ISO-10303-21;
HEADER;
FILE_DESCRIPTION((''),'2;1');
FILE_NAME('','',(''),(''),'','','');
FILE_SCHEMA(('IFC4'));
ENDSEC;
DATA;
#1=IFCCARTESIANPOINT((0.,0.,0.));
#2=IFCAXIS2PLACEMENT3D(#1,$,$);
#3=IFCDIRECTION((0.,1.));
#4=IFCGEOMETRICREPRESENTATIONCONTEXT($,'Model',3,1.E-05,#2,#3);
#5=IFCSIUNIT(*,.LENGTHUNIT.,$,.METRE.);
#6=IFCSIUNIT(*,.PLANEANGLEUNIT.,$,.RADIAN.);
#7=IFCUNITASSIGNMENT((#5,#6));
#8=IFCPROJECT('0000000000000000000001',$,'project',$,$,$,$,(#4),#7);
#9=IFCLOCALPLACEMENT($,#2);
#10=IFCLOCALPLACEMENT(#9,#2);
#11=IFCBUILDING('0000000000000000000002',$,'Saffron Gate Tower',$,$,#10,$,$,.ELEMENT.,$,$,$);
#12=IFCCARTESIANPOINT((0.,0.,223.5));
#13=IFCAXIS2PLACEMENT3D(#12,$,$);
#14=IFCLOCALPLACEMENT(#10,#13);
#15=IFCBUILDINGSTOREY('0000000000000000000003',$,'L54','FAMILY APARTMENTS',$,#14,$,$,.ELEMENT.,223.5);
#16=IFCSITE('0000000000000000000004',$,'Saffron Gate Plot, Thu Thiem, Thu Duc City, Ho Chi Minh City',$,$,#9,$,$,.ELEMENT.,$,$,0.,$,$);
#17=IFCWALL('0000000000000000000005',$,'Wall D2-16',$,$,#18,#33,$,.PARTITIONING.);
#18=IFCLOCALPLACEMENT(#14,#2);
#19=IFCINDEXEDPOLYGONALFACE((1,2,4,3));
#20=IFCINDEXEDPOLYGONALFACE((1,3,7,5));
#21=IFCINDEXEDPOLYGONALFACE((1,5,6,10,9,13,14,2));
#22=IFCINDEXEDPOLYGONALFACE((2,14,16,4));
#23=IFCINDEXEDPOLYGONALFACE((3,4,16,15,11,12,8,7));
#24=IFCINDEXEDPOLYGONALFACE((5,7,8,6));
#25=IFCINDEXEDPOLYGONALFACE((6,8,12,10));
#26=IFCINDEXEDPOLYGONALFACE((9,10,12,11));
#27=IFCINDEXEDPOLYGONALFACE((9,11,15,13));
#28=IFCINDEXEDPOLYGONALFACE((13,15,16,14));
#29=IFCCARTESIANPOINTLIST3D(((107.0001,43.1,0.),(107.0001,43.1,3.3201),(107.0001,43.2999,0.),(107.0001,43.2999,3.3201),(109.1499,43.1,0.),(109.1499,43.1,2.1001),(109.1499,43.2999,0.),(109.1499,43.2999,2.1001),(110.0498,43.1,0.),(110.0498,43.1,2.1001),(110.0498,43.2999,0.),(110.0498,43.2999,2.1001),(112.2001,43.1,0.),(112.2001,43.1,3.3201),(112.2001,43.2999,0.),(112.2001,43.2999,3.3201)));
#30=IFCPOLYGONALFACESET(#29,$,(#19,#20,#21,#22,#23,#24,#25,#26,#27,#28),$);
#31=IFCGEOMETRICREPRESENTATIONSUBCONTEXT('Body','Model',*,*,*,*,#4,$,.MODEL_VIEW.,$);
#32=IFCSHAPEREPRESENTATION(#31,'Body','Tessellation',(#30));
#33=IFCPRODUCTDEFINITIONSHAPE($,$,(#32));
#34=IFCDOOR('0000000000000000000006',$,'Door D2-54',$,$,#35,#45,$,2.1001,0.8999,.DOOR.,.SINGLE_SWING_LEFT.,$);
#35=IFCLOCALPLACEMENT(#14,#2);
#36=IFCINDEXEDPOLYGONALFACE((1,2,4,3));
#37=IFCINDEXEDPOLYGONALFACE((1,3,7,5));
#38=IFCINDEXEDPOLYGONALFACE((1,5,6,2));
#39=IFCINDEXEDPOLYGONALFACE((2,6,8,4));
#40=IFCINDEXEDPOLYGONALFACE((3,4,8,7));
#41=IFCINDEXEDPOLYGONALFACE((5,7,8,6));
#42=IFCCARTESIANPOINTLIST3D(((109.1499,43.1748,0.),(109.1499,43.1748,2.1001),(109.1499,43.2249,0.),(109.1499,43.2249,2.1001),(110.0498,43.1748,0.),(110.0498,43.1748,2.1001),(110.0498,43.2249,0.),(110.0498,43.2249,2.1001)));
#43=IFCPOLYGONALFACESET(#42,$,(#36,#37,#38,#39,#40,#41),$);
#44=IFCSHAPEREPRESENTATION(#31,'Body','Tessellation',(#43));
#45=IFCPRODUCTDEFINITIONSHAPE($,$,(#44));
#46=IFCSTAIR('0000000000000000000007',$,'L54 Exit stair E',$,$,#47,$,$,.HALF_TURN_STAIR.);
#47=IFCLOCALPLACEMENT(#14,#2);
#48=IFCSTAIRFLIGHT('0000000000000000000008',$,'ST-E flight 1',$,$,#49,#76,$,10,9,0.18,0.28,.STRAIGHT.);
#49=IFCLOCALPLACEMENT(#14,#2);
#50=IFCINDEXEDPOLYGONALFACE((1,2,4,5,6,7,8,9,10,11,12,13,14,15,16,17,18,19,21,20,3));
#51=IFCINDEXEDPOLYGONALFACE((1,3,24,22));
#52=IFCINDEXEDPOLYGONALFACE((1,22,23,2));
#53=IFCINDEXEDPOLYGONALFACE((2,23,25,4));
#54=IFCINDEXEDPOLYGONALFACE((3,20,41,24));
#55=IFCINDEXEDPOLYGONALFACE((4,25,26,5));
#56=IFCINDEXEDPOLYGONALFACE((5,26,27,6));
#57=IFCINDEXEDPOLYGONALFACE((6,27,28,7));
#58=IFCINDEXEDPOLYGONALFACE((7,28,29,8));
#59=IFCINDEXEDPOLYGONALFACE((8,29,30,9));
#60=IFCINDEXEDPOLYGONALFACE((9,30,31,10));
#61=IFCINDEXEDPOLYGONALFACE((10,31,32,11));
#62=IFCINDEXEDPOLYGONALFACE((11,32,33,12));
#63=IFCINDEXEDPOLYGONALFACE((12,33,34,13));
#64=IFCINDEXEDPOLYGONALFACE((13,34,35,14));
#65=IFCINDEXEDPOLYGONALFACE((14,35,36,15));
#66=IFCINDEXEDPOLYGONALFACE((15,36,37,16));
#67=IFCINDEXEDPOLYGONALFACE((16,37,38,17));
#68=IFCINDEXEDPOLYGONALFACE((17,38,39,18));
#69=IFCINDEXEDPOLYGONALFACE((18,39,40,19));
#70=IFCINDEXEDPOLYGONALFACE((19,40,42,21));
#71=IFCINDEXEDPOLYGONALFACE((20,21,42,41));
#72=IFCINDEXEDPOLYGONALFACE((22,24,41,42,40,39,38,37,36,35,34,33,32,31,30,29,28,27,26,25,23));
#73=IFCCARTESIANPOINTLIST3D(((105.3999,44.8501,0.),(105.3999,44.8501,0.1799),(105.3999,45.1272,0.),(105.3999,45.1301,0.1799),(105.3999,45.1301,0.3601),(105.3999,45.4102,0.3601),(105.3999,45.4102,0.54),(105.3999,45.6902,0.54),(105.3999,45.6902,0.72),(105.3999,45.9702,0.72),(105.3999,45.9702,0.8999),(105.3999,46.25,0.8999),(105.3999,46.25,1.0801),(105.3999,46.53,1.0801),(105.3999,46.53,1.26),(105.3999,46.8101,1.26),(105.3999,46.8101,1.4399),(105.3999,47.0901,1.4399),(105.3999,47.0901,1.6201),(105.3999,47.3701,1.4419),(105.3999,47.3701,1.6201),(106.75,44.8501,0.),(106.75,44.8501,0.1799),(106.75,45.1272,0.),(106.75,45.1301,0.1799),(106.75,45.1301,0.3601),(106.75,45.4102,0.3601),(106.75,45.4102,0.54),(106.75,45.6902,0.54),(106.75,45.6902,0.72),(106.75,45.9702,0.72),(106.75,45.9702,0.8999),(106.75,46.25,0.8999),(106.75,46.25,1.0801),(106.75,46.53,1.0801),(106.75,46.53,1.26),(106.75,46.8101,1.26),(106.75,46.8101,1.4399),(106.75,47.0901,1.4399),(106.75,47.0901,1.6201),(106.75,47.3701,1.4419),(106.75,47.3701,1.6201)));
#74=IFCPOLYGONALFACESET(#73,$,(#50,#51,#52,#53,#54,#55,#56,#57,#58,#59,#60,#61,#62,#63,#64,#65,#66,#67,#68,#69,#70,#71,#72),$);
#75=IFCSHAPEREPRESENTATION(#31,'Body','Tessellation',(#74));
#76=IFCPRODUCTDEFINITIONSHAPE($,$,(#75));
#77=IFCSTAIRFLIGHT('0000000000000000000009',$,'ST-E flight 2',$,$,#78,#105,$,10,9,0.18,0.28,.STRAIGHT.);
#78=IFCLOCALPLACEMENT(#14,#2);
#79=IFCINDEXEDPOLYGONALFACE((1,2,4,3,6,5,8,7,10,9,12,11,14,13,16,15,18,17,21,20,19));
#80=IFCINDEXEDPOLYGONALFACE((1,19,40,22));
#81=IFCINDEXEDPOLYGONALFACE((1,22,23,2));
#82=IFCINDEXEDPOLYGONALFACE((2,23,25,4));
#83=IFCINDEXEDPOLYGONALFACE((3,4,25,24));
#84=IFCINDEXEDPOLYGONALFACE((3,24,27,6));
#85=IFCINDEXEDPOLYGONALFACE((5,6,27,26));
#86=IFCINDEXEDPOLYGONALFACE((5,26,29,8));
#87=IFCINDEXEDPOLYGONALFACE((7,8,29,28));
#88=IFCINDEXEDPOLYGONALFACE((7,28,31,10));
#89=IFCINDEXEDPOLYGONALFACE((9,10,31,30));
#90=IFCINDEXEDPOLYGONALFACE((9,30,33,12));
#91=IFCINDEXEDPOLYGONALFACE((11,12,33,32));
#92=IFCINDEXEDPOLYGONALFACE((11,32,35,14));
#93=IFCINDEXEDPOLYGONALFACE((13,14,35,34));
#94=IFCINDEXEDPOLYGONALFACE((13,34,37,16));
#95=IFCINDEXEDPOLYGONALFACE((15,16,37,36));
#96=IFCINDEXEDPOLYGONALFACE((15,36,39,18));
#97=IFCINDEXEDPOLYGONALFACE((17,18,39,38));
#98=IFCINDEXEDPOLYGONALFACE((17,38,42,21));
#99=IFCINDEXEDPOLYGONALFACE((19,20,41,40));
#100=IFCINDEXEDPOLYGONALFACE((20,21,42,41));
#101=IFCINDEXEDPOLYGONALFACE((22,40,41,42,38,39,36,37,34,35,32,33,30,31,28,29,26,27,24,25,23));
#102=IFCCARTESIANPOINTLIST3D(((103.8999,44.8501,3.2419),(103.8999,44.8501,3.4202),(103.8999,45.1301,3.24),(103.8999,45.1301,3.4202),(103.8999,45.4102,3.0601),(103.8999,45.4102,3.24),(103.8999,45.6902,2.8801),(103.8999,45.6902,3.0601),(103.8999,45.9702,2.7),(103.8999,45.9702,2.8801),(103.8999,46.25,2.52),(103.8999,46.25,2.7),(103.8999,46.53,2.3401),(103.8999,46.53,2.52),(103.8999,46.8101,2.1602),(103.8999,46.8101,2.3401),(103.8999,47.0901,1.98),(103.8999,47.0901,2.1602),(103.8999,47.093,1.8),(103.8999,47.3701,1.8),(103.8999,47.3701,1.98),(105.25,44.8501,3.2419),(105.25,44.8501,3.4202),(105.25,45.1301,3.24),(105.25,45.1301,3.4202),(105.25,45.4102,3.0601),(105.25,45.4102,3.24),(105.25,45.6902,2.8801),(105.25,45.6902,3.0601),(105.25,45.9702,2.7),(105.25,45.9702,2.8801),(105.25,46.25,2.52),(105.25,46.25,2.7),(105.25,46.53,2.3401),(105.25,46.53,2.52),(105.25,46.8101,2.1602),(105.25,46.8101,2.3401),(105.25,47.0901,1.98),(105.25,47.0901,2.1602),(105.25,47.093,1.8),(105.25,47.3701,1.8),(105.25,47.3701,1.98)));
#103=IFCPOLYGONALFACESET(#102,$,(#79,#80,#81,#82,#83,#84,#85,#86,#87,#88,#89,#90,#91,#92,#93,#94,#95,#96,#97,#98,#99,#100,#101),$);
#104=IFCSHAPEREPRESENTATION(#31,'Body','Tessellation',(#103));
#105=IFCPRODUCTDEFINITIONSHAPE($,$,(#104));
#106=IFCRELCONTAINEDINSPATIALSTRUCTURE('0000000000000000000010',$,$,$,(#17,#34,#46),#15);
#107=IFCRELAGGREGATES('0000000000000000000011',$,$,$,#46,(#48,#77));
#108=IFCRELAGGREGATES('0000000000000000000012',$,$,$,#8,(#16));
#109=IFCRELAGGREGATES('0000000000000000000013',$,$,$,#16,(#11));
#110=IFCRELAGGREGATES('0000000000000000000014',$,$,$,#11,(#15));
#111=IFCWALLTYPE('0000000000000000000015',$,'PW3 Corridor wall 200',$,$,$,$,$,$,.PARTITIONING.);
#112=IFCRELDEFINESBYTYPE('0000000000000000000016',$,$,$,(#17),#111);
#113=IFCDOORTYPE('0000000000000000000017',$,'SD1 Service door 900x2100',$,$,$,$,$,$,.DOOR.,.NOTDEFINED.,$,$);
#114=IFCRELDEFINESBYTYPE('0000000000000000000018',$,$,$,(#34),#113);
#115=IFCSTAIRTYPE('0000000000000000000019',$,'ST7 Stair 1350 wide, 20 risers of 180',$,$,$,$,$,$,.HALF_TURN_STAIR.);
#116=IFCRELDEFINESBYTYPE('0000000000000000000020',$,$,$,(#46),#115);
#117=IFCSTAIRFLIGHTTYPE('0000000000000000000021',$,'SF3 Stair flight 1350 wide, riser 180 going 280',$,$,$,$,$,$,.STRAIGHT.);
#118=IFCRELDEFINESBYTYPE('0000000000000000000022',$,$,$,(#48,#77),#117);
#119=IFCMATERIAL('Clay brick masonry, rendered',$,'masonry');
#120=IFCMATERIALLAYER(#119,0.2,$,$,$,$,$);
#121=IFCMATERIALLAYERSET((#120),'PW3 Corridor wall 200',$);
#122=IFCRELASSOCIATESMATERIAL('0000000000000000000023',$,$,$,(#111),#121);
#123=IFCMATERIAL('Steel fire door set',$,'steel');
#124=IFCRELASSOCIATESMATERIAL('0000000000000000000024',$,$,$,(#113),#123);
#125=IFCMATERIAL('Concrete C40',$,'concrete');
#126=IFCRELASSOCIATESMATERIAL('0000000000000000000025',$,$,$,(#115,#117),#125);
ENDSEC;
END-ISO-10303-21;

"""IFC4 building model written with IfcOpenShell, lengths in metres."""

from ifc_helpers import new_model, si_unit, direction, frame, frame_2d, origin, place, context, subcontext, project, spatial, polyline, rectangle, outline, extrude, material, layer, layer_set, type_object, element, fill, aggregate, save


model = new_model("IFC4")

# Units and contexts
model_context = context("Model", 3, precision=1e-05, world=origin(), true_north=direction((0.0, 1.0)))
body_context = subcontext(model_context, "Body", "Model", "MODEL_VIEW")
ifc_project = project(units=[si_unit("LENGTHUNIT", "METRE"), si_unit("PLANEANGLEUNIT", "RADIAN")], contexts=[model_context])

# Site, building, storey
site_placement = place(None, origin())
site = spatial("IfcSite", under=ifc_project, at=site_placement, Name="Saffron Gate Plot, Thu Thiem, Thu Duc City, Ho Chi Minh City", CompositionType="ELEMENT", RefElevation=0.0)
building_placement = place(site_placement, origin())
building = spatial("IfcBuilding", under=site, at=building_placement, Name="Saffron Gate Tower", CompositionType="ELEMENT")
storey_placement = place(building_placement, frame((0.0, 0.0, 223.5)))
storey = spatial("IfcBuildingStorey", under=building, at=storey_placement, Name="L54", Description="FAMILY APARTMENTS", CompositionType="ELEMENT", Elevation=223.5)

# Shared definitions
ifc_material_1 = material(Name="Steel fire door set", Category="steel")

# Shared definitions
ifc_material_2 = material(Name="Clay brick masonry, rendered", Category="masonry")

# Wall, opening, door
ifc_layer_1 = layer(ifc_material_2, 0.2)
ifc_layer_set_1 = layer_set([ifc_layer_1], Name="PW3 Corridor wall 200")
wall_type_1 = type_object("IfcWallType", Name="PW3 Corridor wall 200", PredefinedType="PARTITIONING", material=ifc_layer_set_1)
wall_1_placement = place(storey_placement, frame((107.0, 43.2, 0.0), z_axis=(0.0, 0.0, 1.0), x_axis=(1.0, 0.0, 0.0)))
wall_1 = element("IfcWall", 1, at=wall_1_placement, inside=storey, type_object=wall_type_1, Name="Wall D2-16", PredefinedType="PARTITIONING", context=body_context, shape_type="SweptSolid", body=[
    extrude(rectangle(XDim=5.2, YDim=0.2, at=frame_2d((2.6001, 0.0))), origin(), (0.0, 0.0, 1.0), 3.3201),
])
opening_1_placement = place(wall_1_placement, frame((2.1499, 0.0, 0.0)))
opening_1 = element("IfcOpeningElement", 2, at=opening_1_placement, cuts=wall_1, PredefinedType="OPENING", context=body_context, shape_type="SweptSolid", body=[
    extrude(rectangle(XDim=0.8999, YDim=2.1001, at=frame_2d((0.45, 1.05))), frame((0.0, 0.1099, 0.0), z_axis=(0.0, -1.0, 0.0), x_axis=(1.0, 0.0, 0.0)), (0.0, 0.0, 1.0), 0.22),
])
door_type_1 = type_object("IfcDoorType", Name="SD1 Service door 900x2100", OperationType="NOTDEFINED", PredefinedType="DOOR", material=ifc_material_1)
door_1_placement = place(opening_1_placement, origin())
door_1 = element("IfcDoor", 3, at=door_1_placement, inside=storey, type_object=door_type_1, Name="Door D2-54", OperationType="SINGLE_SWING_LEFT", OverallHeight=2.1001, OverallWidth=0.8999, PredefinedType="DOOR", context=body_context, shape_type="SweptSolid", body=[
    extrude(rectangle(XDim=0.8999, YDim=2.1001, at=frame_2d((0.45, 1.05))), frame((0.0, 0.0249, 0.0), z_axis=(0.0, -1.0, 0.0), x_axis=(1.0, 0.0, 0.0)), (0.0, 0.0, 1.0), 0.05),
])
fill(opening_1, door_1)

# Stair, stair flights
ifc_material_3 = material(Name="Concrete C40", Category="concrete")
stair_type = type_object("IfcStairType", Name="ST7 Stair 1350 wide, 20 risers of 180", PredefinedType="HALF_TURN_STAIR", material=ifc_material_3)
stair_placement = place(storey_placement, origin())
stair = element("IfcStair", 4, at=stair_placement, inside=storey, type_object=stair_type, Name="L54 Exit stair E", PredefinedType="HALF_TURN_STAIR")
stair_flight_type = type_object("IfcStairFlightType", Name="SF3 Stair flight 1350 wide, riser 180 going 280", PredefinedType="STRAIGHT", material=ifc_material_3)
stair_flight_1_placement = place(storey_placement, frame((106.075, 44.8501, 0.0), z_axis=(0.0, 0.0, 1.0), x_axis=(0.0, 1.0, 0.0)))
stair_flight_1 = element("IfcStairFlight", 5, at=stair_flight_1_placement, type_object=stair_flight_type, Name="ST-E flight 1", NumberOfRisers=10, NumberOfTreads=9, PredefinedType="STRAIGHT", RiserHeight=0.18, TreadLength=0.28, context=body_context, shape_type="SweptSolid", body=[
    extrude(outline(polyline([(0.0, 0.0), (0.0, 0.1799), (0.28, 0.1799), (0.28, 0.3601), (0.5601, 0.3601), (0.5601, 0.54), (0.8401, 0.54), (0.8401, 0.72), (1.1201, 0.72), (1.1201, 0.8999), (1.3999, 0.8999), (1.3999, 1.0801), (1.6799, 1.0801), (1.6799, 1.26), (1.96, 1.26), (1.96, 1.4399), (2.24, 1.4399), (2.24, 1.6201), (2.52, 1.6201), (2.52, 1.8), (2.52, 1.4419), (0.2771, 0.0), (0.0, 0.0)])), frame((0.0, 0.675, 0.0), z_axis=(0.0, -1.0, 0.0), x_axis=(1.0, 0.0, 0.0)), (0.0, 0.0, 1.0), 1.3501),
])
stair_flight_2_placement = place(storey_placement, frame((104.575, 47.3701, 1.8), z_axis=(0.0, 0.0, 1.0), x_axis=(0.0, -1.0, 0.0)))
stair_flight_2 = element("IfcStairFlight", 6, at=stair_flight_2_placement, type_object=stair_flight_type, Name="ST-E flight 2", NumberOfRisers=10, NumberOfTreads=9, PredefinedType="STRAIGHT", RiserHeight=0.18, TreadLength=0.28, context=body_context, shape_type="SweptSolid", body=[
    extrude(outline(polyline([(0.0, 0.0), (0.0, 0.1799), (0.28, 0.1799), (0.28, 0.3601), (0.5601, 0.3601), (0.5601, 0.54), (0.8401, 0.54), (0.8401, 0.72), (1.1201, 0.72), (1.1201, 0.8999), (1.3999, 0.8999), (1.3999, 1.0801), (1.6799, 1.0801), (1.6799, 1.26), (1.96, 1.26), (1.96, 1.4399), (2.24, 1.4399), (2.24, 1.6201), (2.52, 1.6201), (2.52, 1.8), (2.52, 1.4419), (0.2771, 0.0), (0.0, 0.0)])), frame((0.0, 0.675, 0.0), z_axis=(0.0, -1.0, 0.0), x_axis=(1.0, 0.0, 0.0)), (0.0, 0.0, 1.0), 1.3501),
])
aggregate(stair, [stair_flight_1, stair_flight_2])

save(model, "model.ifc")
